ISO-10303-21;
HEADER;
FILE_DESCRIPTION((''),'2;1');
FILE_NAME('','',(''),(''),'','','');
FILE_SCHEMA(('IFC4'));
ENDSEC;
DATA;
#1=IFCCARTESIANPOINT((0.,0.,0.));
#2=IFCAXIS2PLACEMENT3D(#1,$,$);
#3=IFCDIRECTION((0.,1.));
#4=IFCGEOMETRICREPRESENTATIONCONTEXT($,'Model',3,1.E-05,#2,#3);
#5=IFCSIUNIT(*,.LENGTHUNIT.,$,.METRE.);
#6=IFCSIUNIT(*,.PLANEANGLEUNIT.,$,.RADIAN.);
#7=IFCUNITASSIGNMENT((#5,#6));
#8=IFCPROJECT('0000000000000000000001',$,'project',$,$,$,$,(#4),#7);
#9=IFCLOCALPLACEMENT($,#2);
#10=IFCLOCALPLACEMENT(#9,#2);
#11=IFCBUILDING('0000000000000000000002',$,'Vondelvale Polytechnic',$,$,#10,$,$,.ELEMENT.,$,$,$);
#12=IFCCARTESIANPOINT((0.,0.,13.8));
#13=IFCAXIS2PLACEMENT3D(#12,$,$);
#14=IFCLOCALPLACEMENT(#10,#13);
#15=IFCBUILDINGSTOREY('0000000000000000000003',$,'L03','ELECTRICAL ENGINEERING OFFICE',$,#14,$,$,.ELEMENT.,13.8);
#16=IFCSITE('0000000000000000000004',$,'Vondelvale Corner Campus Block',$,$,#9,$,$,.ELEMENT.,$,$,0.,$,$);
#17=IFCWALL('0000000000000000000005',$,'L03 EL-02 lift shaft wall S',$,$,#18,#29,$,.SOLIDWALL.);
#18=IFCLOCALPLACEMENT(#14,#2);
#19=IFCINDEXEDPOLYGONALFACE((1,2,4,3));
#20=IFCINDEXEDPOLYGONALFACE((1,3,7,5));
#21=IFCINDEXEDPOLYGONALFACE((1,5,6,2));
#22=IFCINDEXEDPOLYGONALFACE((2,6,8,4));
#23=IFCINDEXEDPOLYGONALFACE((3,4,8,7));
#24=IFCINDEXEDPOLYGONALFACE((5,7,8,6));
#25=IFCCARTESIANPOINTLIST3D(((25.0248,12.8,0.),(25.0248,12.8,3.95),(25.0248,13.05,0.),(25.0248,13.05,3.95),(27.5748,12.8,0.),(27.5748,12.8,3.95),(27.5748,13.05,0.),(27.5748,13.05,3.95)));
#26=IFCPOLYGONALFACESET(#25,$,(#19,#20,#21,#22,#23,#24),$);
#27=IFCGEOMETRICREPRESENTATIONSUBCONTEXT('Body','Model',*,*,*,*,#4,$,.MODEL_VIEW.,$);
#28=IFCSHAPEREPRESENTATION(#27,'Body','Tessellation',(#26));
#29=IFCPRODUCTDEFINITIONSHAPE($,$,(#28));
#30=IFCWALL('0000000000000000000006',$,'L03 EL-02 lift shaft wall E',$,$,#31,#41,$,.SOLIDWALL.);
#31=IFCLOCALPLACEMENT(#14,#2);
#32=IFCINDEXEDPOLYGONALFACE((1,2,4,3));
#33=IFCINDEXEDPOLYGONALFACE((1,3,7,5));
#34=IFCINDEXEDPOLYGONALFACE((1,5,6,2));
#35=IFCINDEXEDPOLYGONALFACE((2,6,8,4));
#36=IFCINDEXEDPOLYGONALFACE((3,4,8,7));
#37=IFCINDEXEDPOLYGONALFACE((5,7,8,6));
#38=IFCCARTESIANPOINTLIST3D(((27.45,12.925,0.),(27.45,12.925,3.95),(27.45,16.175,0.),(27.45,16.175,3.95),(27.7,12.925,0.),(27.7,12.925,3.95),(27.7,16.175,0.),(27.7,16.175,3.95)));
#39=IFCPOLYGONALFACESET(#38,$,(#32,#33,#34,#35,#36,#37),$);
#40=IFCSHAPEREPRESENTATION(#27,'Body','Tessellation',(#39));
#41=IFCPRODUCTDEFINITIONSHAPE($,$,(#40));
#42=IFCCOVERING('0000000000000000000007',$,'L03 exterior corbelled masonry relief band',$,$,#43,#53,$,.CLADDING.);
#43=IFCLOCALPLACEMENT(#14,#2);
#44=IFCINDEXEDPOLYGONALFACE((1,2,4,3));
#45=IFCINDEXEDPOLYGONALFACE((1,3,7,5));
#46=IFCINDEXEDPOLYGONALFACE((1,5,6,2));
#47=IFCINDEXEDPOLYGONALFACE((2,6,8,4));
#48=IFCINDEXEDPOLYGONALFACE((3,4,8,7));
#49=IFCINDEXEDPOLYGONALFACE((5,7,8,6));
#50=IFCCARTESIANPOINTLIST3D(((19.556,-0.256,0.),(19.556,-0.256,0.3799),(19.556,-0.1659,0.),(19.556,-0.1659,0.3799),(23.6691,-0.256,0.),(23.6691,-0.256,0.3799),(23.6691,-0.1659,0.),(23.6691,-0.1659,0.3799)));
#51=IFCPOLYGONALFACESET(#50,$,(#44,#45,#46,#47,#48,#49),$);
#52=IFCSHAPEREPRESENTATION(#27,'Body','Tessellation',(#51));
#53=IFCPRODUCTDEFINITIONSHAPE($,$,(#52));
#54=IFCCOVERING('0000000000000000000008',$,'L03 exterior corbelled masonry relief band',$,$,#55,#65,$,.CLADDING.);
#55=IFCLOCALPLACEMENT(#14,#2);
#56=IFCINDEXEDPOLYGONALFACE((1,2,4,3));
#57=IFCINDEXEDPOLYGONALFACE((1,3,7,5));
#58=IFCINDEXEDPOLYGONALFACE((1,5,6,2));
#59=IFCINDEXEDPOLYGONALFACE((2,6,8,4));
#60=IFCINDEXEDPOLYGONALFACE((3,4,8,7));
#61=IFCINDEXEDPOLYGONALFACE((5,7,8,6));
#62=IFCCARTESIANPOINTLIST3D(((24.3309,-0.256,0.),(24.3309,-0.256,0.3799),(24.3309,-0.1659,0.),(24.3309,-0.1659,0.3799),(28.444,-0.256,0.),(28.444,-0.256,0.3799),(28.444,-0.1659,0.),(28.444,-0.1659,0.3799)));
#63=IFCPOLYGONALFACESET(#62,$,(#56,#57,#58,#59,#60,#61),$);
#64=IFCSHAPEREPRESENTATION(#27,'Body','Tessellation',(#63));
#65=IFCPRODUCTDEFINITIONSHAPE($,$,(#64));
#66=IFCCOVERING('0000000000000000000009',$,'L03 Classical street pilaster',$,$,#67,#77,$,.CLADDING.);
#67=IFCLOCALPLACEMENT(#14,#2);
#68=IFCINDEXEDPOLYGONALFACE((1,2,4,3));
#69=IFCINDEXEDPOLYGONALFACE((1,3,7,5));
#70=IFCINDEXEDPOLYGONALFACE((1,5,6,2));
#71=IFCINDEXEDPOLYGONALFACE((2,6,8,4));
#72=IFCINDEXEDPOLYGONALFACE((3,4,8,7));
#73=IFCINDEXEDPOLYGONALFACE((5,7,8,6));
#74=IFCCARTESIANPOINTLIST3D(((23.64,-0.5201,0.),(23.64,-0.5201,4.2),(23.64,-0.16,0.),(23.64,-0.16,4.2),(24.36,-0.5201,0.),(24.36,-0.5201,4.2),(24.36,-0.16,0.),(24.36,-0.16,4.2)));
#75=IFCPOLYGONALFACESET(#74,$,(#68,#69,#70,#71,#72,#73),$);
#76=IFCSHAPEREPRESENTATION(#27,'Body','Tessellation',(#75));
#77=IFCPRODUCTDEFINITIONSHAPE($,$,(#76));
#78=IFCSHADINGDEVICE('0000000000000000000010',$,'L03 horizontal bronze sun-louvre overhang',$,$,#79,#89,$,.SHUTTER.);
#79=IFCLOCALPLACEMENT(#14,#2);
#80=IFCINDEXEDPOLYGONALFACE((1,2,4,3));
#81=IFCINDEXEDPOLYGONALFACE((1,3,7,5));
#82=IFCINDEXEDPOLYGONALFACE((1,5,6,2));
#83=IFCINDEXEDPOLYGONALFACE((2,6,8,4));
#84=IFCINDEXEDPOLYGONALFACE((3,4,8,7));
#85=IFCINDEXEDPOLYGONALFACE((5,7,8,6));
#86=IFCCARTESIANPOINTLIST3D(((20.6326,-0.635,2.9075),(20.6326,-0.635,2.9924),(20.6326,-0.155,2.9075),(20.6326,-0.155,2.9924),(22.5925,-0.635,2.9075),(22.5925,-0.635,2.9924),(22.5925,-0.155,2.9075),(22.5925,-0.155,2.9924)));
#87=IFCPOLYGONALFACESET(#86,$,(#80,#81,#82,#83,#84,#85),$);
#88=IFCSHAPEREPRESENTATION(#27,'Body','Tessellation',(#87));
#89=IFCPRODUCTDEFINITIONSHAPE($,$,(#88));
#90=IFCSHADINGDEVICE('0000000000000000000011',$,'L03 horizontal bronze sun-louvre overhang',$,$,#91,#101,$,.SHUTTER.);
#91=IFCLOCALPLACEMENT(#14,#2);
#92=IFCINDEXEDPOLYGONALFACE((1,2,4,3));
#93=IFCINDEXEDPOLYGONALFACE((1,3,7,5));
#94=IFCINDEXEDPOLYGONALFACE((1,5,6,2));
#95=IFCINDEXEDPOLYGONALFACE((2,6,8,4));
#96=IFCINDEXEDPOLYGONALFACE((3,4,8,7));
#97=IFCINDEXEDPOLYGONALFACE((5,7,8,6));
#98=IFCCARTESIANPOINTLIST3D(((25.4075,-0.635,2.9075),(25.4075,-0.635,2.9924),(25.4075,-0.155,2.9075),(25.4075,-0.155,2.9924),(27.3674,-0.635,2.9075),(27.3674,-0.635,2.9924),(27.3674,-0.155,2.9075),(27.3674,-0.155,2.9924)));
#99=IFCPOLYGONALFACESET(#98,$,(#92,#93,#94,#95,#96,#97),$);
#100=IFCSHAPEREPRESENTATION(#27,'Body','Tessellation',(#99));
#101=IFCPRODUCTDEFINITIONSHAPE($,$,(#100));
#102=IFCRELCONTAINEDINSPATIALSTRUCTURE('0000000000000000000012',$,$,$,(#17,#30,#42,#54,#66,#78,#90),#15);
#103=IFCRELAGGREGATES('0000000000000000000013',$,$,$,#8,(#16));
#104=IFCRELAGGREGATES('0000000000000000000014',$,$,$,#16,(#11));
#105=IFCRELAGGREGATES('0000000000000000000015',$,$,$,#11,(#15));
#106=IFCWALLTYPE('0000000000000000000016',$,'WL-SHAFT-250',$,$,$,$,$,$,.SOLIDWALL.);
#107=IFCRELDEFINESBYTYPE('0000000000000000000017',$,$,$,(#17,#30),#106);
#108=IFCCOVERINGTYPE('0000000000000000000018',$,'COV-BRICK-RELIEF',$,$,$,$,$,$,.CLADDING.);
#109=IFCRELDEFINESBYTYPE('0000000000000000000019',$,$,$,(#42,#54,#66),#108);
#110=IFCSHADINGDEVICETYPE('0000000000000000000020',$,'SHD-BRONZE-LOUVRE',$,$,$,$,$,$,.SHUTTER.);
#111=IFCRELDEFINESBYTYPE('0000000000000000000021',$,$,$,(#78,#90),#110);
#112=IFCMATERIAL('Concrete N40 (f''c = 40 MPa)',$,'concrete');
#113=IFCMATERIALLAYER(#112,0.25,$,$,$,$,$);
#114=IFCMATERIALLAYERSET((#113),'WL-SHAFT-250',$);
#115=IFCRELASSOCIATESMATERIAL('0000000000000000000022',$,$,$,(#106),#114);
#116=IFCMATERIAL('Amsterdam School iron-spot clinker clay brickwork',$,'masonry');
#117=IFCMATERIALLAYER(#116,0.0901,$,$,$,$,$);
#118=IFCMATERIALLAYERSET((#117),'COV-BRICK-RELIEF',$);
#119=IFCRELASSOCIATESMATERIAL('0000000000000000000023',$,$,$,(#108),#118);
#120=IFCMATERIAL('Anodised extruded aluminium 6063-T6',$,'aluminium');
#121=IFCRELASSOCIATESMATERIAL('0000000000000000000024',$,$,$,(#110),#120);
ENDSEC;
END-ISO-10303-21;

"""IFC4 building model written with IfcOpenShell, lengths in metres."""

from ifc_helpers import new_model, si_unit, direction, frame, frame_2d, origin, origin_2d, place, context, subcontext, project, spatial, rectangle, extrude, material, layer, layer_set, type_object, element, save


model = new_model("IFC4")

# Units and contexts
model_context = context("Model", 3, precision=1e-05, world=origin(), true_north=direction((0.0, 1.0)))
body_context = subcontext(model_context, "Body", "Model", "MODEL_VIEW")
ifc_project = project(units=[si_unit("LENGTHUNIT", "METRE"), si_unit("PLANEANGLEUNIT", "RADIAN")], contexts=[model_context])

# Site, building, storey
site_placement = place(None, origin())
site = spatial("IfcSite", under=ifc_project, at=site_placement, Name="Vondelvale Corner Campus Block", CompositionType="ELEMENT", RefElevation=0.0)
building_placement = place(site_placement, origin())
building = spatial("IfcBuilding", under=site, at=building_placement, Name="Vondelvale Polytechnic", CompositionType="ELEMENT")
storey_placement = place(building_placement, frame((0.0, 0.0, 13.8)))
storey = spatial("IfcBuildingStorey", under=building, at=storey_placement, Name="L03", Description="ELECTRICAL ENGINEERING OFFICE", CompositionType="ELEMENT", Elevation=13.8)

# Shared definitions
ifc_material_1 = material(Name="Concrete N40 (f'c = 40 MPa)", Category="concrete")

# Shared definitions
ifc_material_2 = material(Name="Amsterdam School iron-spot clinker clay brickwork", Category="masonry")

# Walls
ifc_layer_1 = layer(ifc_material_1, 0.25)
ifc_layer_set_1 = layer_set([ifc_layer_1], Name="WL-SHAFT-250")
wall_type_1 = type_object("IfcWallType", Name="WL-SHAFT-250", PredefinedType="SOLIDWALL", material=ifc_layer_set_1)
wall_1_placement = place(storey_placement, frame((25.0249, 12.925, 0.0), z_axis=(0.0, 0.0, 1.0), x_axis=(1.0, 0.0, 0.0)))
element("IfcWall", 1, at=wall_1_placement, inside=storey, type_object=wall_type_1, Name="L03 EL-02 lift shaft wall S", PredefinedType="SOLIDWALL", context=body_context, shape_type="SweptSolid", body=[
    extrude(rectangle(XDim=2.55, YDim=0.25, at=frame_2d((1.2749, 0.0))), origin(), (0.0, 0.0, 1.0), 3.95),
])
wall_2_placement = place(storey_placement, frame((27.575, 12.925, 0.0), z_axis=(0.0, 0.0, 1.0), x_axis=(0.0, 1.0, 0.0)))
element("IfcWall", 2, at=wall_2_placement, inside=storey, type_object=wall_type_1, Name="L03 EL-02 lift shaft wall E", PredefinedType="SOLIDWALL", context=body_context, shape_type="SweptSolid", body=[
    extrude(rectangle(XDim=3.25, YDim=0.25, at=frame_2d((1.625, 0.0))), origin(), (0.0, 0.0, 1.0), 3.95),
])

# Coverings
ifc_layer_2 = layer(ifc_material_2, 0.0901)
ifc_layer_set_2 = layer_set([ifc_layer_2], Name="COV-BRICK-RELIEF")
covering_type = type_object("IfcCoveringType", Name="COV-BRICK-RELIEF", PredefinedType="CLADDING", material=ifc_layer_set_2)
for number, where, z_axis, x_axis, name in (
    (3, (21.6125, -0.2109, 0.0), (0.0, 0.0, 1.0), (-1.0, 0.0, 0.0), "L03 exterior corbelled masonry relief band"),
    (4, (26.3875, -0.2109, 0.0), (0.0, 0.0, 1.0), (-1.0, 0.0, 0.0), "L03 exterior corbelled masonry relief band"),
):
    element("IfcCovering", number, at=place(storey_placement, frame(where, z_axis=z_axis, x_axis=x_axis)), inside=storey, type_object=covering_type, Name=name, PredefinedType="CLADDING", context=body_context, shape_type="SweptSolid", body=[
        extrude(rectangle(XDim=4.113, YDim=0.0901, at=origin_2d()), origin(), (0.0, 0.0, 1.0), 0.3799),
    ])
covering_placement = place(storey_placement, frame((24.0, -0.3401, 0.0), z_axis=(0.0, 0.0, 1.0), x_axis=(1.0, 0.0, 0.0)))
element("IfcCovering", 5, at=covering_placement, inside=storey, type_object=covering_type, Name="L03 Classical street pilaster", PredefinedType="CLADDING", context=body_context, shape_type="SweptSolid", body=[
    extrude(rectangle(XDim=0.72, YDim=0.3601, at=origin_2d()), origin(), (0.0, 0.0, 1.0), 4.2),
])

# Shading devices
ifc_material_3 = material(Name="Anodised extruded aluminium 6063-T6", Category="aluminium")
shading_device_type = type_object("IfcShadingDeviceType", Name="SHD-BRONZE-LOUVRE", PredefinedType="SHUTTER", material=ifc_material_3)
for number, where, z_axis, x_axis, name in (
    (6, (21.6125, -0.395, 2.9075), (0.0, 0.0, 1.0), (-1.0, 0.0, 0.0), "L03 horizontal bronze sun-louvre overhang"),
    (7, (26.3875, -0.395, 2.9075), (0.0, 0.0, 1.0), (-1.0, 0.0, 0.0), "L03 horizontal bronze sun-louvre overhang"),
):
    element("IfcShadingDevice", number, at=place(storey_placement, frame(where, z_axis=z_axis, x_axis=x_axis)), inside=storey, type_object=shading_device_type, Name=name, PredefinedType="SHUTTER", context=body_context, shape_type="SweptSolid", body=[
        extrude(rectangle(XDim=1.96, YDim=0.48, at=origin_2d()), origin(), (0.0, 0.0, 1.0), 0.085),
    ])

save(model, "model.ifc")
